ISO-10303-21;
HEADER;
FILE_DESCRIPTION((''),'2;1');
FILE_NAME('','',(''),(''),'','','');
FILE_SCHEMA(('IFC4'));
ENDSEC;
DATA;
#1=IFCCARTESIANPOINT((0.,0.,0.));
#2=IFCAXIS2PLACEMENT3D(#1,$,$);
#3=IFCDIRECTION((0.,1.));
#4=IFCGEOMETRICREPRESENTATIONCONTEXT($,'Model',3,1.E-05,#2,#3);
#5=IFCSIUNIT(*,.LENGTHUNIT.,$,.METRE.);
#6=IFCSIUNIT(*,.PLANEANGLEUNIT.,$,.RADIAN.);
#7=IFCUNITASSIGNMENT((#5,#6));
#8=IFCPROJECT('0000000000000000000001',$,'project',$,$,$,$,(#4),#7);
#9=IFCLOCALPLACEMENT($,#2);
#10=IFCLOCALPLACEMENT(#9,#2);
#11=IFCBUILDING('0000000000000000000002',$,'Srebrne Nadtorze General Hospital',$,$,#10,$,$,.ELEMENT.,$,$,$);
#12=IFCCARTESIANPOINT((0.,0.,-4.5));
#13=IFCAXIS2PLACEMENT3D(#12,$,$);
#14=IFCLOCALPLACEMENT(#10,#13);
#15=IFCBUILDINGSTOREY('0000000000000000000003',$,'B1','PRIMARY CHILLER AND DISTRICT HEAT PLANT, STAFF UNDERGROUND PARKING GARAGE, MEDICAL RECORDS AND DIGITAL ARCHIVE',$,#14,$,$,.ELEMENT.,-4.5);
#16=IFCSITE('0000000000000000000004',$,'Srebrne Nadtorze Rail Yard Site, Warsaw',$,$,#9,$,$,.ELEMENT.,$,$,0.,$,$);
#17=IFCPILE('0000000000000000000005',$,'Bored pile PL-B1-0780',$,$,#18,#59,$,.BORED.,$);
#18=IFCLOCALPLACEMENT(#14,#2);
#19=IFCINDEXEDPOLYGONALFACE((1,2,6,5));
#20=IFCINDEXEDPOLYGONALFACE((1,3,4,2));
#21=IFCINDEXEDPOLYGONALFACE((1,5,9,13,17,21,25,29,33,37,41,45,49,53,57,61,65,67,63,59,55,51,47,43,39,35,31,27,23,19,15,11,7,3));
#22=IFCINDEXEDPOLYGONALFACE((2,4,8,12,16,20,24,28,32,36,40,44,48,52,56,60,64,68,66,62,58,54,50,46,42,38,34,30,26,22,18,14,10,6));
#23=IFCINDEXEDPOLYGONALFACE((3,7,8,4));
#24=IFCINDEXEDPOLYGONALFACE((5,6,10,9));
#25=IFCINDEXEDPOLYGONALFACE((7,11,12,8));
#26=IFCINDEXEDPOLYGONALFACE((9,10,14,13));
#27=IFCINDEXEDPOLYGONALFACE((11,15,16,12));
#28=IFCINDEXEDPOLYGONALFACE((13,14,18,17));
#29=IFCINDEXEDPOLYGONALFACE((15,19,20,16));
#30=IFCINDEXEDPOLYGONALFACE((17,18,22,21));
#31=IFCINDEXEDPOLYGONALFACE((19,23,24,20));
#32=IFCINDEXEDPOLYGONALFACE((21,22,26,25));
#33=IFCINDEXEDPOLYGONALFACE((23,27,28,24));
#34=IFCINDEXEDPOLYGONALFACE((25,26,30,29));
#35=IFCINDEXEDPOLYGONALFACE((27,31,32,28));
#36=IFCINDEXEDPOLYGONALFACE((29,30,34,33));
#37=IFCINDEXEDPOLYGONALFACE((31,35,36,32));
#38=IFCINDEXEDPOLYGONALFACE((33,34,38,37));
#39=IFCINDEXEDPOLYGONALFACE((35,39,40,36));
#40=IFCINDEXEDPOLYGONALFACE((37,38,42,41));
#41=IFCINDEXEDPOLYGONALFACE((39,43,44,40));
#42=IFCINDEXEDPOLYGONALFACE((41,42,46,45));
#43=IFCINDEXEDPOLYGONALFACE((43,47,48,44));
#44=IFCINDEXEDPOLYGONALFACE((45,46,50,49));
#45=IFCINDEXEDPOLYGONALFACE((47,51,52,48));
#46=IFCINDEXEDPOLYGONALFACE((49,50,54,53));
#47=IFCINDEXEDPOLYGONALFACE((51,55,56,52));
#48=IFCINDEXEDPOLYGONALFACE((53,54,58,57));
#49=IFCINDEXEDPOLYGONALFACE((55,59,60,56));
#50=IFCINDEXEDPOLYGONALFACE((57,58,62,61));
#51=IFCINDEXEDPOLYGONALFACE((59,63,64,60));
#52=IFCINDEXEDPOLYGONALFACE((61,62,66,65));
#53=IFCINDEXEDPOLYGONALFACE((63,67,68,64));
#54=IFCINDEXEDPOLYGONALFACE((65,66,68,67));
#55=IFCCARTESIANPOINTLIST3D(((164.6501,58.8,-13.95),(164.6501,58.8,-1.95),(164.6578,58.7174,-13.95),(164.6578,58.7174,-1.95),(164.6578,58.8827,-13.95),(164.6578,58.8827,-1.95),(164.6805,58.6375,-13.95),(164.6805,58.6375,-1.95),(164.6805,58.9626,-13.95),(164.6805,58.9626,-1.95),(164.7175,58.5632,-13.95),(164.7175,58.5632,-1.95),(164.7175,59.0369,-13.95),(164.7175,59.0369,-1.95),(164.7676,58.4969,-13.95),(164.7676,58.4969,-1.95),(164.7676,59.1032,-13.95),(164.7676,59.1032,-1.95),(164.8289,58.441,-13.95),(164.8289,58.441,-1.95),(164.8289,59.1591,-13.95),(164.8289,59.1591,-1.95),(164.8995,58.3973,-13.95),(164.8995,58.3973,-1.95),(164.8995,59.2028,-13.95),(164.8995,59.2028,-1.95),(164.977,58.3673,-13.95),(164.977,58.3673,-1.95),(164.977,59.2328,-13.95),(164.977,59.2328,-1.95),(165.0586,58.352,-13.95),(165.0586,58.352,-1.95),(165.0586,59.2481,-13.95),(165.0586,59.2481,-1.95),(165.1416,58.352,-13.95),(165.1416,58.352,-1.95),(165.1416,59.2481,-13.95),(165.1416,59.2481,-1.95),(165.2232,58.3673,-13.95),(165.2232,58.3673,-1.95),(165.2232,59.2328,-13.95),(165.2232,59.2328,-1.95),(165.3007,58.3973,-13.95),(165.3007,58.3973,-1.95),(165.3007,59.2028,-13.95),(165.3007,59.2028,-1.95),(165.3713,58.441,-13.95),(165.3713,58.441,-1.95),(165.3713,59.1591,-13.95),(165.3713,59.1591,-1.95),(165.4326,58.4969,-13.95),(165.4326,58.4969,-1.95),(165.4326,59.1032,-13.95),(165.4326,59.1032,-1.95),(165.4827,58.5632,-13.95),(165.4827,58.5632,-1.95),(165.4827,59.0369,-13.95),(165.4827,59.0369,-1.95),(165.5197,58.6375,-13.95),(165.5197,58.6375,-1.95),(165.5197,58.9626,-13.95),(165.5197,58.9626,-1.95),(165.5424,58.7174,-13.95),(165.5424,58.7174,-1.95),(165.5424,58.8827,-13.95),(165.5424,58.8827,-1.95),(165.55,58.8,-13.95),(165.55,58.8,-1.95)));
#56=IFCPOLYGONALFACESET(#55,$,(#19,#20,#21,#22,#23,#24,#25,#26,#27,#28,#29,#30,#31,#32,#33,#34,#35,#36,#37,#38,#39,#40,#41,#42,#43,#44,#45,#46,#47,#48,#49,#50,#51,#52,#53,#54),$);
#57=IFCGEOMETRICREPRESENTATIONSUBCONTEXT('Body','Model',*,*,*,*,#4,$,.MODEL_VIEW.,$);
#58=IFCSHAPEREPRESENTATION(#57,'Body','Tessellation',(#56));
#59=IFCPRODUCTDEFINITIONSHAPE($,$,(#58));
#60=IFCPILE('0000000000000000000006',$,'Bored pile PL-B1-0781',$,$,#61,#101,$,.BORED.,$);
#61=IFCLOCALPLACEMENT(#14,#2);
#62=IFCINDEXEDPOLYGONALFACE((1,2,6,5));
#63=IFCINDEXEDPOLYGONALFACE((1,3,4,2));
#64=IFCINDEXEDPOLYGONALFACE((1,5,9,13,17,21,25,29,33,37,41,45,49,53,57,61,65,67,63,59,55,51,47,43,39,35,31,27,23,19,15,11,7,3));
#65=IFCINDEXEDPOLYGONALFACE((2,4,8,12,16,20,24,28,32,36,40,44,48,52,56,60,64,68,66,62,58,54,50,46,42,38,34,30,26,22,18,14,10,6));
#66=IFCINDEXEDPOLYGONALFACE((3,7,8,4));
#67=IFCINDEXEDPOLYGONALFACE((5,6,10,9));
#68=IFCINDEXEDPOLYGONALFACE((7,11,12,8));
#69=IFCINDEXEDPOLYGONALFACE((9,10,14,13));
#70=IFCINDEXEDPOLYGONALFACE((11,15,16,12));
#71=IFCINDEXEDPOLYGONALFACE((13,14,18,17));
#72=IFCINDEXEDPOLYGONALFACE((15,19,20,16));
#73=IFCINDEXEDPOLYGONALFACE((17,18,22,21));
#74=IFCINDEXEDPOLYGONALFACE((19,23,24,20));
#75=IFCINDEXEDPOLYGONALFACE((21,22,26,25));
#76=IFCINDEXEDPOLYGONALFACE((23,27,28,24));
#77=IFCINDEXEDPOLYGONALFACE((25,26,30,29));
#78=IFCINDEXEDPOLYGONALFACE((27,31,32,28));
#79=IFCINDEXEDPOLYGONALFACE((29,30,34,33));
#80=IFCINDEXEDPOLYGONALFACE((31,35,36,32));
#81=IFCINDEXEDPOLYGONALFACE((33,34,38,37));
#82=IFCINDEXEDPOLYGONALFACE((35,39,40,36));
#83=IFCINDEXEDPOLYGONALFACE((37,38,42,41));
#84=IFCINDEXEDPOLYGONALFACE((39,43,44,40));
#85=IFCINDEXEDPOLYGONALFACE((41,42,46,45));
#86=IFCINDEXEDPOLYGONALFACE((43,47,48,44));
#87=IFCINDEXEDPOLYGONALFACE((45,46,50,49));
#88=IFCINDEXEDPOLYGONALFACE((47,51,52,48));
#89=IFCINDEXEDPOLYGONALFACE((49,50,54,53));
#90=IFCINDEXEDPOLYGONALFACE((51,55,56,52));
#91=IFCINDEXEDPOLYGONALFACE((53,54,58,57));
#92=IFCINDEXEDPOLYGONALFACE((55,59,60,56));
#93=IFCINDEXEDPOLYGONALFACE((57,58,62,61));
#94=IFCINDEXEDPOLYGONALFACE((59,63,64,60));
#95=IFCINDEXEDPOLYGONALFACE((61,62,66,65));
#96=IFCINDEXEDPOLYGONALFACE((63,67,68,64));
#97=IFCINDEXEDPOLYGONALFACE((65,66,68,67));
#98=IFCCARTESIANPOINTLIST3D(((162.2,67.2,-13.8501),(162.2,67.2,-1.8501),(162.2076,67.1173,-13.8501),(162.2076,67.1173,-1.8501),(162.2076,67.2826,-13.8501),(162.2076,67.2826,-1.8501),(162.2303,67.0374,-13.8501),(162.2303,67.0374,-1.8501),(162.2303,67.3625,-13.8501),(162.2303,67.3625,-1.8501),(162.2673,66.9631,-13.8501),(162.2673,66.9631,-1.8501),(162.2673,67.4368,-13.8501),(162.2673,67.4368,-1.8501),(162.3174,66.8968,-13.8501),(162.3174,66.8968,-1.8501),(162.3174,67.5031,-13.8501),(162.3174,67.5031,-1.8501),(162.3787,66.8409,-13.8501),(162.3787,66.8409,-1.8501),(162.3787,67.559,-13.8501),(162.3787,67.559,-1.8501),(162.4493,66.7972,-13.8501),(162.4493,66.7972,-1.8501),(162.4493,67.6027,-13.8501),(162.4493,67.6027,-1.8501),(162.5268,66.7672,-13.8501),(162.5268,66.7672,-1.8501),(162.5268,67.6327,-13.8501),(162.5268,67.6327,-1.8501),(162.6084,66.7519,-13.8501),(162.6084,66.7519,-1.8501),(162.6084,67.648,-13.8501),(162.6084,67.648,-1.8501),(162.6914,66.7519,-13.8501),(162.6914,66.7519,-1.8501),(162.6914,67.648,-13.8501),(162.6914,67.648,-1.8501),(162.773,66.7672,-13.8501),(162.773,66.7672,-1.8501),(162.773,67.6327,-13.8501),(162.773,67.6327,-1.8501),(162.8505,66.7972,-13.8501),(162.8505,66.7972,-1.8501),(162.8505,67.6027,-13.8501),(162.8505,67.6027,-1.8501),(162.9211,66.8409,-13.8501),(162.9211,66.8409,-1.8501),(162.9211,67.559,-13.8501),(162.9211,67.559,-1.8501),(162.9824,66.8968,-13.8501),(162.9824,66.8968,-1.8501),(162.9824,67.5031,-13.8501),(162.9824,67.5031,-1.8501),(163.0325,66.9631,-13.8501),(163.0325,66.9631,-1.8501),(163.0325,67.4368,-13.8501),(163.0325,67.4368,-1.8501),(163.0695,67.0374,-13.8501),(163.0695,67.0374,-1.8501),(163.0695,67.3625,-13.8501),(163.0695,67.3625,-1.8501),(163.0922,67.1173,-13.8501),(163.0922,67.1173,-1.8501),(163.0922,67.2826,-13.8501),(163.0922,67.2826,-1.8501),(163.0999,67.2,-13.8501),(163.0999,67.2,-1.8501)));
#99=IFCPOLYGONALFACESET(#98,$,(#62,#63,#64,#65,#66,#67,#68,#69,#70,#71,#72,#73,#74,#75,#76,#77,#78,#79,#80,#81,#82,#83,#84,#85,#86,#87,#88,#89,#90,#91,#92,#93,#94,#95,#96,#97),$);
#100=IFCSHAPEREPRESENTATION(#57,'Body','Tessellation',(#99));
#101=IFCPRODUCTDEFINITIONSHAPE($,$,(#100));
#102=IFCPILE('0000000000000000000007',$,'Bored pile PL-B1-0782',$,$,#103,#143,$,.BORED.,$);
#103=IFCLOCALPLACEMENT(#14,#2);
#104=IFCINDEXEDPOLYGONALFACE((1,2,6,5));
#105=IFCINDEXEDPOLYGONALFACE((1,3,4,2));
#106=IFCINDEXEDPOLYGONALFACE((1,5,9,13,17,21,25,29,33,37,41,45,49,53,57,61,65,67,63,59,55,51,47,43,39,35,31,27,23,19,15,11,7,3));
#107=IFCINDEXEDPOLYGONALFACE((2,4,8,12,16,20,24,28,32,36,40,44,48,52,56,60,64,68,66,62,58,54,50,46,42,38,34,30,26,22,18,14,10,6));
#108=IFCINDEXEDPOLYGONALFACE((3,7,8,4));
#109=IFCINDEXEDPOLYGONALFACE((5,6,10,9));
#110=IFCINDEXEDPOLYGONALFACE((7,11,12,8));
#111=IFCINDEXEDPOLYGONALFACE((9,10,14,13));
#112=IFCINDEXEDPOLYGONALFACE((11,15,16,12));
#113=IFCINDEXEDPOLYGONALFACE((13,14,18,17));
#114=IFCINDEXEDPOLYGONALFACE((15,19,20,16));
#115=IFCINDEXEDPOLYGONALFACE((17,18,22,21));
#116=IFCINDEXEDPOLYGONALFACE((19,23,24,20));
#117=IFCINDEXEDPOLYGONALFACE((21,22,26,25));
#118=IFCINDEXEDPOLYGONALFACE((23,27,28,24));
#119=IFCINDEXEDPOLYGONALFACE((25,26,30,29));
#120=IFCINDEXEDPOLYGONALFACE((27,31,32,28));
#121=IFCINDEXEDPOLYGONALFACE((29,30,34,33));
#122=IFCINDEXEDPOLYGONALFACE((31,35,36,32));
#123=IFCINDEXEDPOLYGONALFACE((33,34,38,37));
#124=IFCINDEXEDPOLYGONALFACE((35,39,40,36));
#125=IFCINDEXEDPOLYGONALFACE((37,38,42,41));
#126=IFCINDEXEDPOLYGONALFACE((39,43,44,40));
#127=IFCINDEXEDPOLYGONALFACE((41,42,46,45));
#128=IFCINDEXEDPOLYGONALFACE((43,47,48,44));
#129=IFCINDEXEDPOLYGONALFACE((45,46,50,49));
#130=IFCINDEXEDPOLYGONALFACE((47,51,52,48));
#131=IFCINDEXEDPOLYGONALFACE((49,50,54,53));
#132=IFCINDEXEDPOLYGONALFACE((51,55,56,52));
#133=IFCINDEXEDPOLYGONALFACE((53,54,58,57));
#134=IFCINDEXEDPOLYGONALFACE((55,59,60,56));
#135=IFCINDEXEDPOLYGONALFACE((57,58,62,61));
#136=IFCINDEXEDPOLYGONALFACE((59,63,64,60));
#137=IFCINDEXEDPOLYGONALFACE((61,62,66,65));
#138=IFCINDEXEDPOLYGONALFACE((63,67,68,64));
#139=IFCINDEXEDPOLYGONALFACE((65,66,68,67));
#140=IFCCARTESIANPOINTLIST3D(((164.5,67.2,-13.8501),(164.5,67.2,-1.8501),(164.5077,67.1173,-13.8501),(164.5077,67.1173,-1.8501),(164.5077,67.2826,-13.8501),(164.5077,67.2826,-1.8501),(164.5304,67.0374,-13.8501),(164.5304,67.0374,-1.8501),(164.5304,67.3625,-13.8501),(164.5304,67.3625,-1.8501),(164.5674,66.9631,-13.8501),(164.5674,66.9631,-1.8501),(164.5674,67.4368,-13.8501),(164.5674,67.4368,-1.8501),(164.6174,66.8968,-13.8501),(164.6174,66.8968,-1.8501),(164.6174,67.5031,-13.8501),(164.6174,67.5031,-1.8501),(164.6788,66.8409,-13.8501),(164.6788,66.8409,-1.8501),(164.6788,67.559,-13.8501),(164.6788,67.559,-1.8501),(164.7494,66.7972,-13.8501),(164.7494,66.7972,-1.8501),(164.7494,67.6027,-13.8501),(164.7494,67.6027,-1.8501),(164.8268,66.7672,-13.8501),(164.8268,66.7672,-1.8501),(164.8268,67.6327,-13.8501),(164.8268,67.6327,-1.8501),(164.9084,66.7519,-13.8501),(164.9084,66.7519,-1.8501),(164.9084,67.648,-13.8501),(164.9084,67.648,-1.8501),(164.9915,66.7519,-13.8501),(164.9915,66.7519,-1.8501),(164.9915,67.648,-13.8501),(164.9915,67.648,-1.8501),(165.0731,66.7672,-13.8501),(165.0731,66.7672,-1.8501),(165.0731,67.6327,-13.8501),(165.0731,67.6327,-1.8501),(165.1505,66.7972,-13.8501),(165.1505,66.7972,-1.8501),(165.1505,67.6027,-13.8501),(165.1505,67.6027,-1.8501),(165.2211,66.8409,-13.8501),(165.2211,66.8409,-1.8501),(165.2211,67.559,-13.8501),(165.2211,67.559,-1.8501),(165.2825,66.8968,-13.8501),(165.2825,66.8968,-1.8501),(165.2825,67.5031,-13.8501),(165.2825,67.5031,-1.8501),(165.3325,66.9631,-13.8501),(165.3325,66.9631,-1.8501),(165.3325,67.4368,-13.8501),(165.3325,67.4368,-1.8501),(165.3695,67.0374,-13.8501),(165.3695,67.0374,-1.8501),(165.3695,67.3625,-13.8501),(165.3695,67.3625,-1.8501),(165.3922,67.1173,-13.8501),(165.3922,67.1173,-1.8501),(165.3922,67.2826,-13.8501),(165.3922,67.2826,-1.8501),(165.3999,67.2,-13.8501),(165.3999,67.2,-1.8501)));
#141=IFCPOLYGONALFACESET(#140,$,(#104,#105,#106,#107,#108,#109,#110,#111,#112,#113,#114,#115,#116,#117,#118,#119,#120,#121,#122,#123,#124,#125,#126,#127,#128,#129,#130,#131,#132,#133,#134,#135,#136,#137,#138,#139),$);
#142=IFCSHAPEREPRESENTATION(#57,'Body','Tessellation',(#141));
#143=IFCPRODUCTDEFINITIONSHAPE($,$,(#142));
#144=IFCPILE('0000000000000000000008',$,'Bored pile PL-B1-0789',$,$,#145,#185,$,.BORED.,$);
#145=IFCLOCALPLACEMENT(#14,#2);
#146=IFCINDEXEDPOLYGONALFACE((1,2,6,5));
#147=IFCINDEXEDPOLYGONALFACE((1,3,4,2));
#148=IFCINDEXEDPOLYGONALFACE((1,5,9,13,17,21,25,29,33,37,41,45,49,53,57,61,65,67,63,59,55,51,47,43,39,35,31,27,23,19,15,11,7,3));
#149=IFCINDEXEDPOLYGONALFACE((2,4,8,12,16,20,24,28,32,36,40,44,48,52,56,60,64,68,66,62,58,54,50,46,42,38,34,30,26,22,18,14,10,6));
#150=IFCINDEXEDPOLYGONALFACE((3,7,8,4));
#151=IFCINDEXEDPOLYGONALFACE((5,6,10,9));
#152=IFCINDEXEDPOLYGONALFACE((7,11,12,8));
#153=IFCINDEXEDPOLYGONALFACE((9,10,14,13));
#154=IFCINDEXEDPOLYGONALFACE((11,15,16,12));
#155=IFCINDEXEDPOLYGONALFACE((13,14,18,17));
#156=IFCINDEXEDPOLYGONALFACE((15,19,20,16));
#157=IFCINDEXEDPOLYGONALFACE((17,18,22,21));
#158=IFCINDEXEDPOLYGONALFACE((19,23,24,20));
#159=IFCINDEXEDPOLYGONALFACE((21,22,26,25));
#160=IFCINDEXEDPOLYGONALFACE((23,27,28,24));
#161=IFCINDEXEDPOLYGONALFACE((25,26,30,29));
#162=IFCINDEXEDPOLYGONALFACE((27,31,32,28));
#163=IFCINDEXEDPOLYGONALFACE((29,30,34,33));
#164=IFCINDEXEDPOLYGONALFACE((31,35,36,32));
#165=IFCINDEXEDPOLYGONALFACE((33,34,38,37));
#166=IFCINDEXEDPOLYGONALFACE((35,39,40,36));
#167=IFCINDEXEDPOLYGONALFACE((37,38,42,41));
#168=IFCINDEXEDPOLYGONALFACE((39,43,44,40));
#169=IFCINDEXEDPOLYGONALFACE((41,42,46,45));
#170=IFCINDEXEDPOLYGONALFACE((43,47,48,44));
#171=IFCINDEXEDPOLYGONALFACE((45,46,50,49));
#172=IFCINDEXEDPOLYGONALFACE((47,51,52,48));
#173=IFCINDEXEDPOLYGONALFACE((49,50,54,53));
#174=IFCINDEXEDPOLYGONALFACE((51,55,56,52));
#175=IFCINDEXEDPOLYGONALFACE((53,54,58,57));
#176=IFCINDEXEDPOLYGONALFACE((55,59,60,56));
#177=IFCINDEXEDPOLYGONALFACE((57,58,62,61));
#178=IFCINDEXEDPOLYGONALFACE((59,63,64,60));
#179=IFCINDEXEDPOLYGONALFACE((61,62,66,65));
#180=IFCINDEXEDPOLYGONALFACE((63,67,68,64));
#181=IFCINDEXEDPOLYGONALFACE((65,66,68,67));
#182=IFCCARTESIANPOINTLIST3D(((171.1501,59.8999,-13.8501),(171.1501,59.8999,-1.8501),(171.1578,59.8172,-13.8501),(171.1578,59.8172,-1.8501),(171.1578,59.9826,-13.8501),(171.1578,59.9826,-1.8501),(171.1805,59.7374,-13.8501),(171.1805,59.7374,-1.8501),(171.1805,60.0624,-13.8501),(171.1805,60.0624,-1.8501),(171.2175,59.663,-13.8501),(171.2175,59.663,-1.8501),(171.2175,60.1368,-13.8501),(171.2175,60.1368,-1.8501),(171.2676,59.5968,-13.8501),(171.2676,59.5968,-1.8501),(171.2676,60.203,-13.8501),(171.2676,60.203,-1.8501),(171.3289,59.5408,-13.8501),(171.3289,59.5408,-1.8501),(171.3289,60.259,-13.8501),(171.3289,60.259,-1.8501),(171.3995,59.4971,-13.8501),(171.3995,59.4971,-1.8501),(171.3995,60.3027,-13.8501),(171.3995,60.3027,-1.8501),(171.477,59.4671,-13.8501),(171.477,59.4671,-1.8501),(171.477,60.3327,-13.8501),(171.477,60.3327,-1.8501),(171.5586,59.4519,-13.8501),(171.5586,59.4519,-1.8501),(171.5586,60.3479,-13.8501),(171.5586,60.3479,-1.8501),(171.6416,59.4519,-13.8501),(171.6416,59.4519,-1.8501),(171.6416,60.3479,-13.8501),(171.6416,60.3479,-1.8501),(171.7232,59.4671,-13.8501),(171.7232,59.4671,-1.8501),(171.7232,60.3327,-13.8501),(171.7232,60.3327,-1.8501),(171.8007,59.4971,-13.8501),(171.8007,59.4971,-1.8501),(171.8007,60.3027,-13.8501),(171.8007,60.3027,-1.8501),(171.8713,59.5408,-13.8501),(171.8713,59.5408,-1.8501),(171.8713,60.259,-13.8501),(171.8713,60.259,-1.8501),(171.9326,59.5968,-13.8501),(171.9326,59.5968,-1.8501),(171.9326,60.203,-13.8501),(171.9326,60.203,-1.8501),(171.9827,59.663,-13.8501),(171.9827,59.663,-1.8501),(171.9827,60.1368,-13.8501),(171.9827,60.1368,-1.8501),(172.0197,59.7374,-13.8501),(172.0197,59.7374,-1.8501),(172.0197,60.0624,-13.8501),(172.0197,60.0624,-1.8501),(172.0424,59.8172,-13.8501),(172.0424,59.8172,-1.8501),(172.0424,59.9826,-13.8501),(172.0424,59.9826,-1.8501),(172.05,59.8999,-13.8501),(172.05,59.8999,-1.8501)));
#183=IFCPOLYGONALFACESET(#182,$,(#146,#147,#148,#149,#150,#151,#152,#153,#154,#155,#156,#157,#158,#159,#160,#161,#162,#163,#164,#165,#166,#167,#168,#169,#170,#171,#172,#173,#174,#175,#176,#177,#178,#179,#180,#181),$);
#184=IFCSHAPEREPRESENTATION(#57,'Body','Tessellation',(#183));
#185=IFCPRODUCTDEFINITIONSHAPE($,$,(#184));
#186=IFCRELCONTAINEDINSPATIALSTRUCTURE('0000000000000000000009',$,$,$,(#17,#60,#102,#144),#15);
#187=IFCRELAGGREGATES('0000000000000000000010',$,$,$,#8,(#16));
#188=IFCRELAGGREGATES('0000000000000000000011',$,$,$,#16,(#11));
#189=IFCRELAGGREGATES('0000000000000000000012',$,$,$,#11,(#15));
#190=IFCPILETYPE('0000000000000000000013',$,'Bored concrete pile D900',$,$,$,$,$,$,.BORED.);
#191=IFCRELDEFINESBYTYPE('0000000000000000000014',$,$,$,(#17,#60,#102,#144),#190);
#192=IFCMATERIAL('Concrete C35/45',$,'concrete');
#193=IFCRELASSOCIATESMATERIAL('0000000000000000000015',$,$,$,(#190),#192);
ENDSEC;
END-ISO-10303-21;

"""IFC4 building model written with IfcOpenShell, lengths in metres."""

from ifc_helpers import new_model, si_unit, direction, frame, origin, origin_2d, place, context, subcontext, project, spatial, circle, extrude, material, material_profile, profile_set, type_object, element, save


model = new_model("IFC4")

# Units and contexts
model_context = context("Model", 3, precision=1e-05, world=origin(), true_north=direction((0.0, 1.0)))
body_context = subcontext(model_context, "Body", "Model", "MODEL_VIEW")
ifc_project = project(units=[si_unit("LENGTHUNIT", "METRE"), si_unit("PLANEANGLEUNIT", "RADIAN")], contexts=[model_context])

# Site, building, storey
site_placement = place(None, origin())
site = spatial("IfcSite", under=ifc_project, at=site_placement, Name="Srebrne Nadtorze Rail Yard Site, Warsaw", CompositionType="ELEMENT", RefElevation=0.0)
building_placement = place(site_placement, origin())
building = spatial("IfcBuilding", under=site, at=building_placement, Name="Srebrne Nadtorze General Hospital", CompositionType="ELEMENT")
storey_placement = place(building_placement, frame((0.0, 0.0, -4.5)))
storey = spatial("IfcBuildingStorey", under=building, at=storey_placement, Name="B1", Description="PRIMARY CHILLER AND DISTRICT HEAT PLANT, STAFF UNDERGROUND PARKING GARAGE, MEDICAL RECORDS AND DIGITAL ARCHIVE", CompositionType="ELEMENT", Elevation=-4.5)

# Piles
ifc_material_1 = material(Name="Concrete C35/45", Category="concrete")
ifc_material_profile_1 = material_profile(ifc_material_1, circle(Radius=0.45, at=origin_2d()), Name="PILE-D900")
ifc_profile_set_1 = profile_set([ifc_material_profile_1], Name="Concrete C35/45")
pile_type_1 = type_object("IfcPileType", Name="Bored concrete pile D900", PredefinedType="BORED", material=ifc_profile_set_1)
for number, where, z_axis, x_axis, name in (
    (1, (165.1001, 58.8, -1.95), (0.0, 0.0, -1.0), (1.0, 0.0, 0.0), "Bored pile PL-B1-0780"),
    (2, (162.6499, 67.2, -1.8501), (0.0, 0.0, -1.0), (1.0, 0.0, 0.0), "Bored pile PL-B1-0781"),
    (3, (164.95, 67.2, -1.8501), (0.0, 0.0, -1.0), (1.0, 0.0, 0.0), "Bored pile PL-B1-0782"),
    (4, (171.6001, 59.8999, -1.8501), (0.0, 0.0, -1.0), (1.0, 0.0, 0.0), "Bored pile PL-B1-0789"),
):
    element("IfcPile", number, at=place(storey_placement, frame(where, z_axis=z_axis, x_axis=x_axis)), inside=storey, type_object=pile_type_1, Name=name, PredefinedType="BORED", context=body_context, shape_type="SweptSolid", body=[
        extrude(circle(Radius=0.45, at=origin_2d()), origin(), (0.0, 0.0, 1.0), 12.0),
    ])

save(model, "model.ifc")
